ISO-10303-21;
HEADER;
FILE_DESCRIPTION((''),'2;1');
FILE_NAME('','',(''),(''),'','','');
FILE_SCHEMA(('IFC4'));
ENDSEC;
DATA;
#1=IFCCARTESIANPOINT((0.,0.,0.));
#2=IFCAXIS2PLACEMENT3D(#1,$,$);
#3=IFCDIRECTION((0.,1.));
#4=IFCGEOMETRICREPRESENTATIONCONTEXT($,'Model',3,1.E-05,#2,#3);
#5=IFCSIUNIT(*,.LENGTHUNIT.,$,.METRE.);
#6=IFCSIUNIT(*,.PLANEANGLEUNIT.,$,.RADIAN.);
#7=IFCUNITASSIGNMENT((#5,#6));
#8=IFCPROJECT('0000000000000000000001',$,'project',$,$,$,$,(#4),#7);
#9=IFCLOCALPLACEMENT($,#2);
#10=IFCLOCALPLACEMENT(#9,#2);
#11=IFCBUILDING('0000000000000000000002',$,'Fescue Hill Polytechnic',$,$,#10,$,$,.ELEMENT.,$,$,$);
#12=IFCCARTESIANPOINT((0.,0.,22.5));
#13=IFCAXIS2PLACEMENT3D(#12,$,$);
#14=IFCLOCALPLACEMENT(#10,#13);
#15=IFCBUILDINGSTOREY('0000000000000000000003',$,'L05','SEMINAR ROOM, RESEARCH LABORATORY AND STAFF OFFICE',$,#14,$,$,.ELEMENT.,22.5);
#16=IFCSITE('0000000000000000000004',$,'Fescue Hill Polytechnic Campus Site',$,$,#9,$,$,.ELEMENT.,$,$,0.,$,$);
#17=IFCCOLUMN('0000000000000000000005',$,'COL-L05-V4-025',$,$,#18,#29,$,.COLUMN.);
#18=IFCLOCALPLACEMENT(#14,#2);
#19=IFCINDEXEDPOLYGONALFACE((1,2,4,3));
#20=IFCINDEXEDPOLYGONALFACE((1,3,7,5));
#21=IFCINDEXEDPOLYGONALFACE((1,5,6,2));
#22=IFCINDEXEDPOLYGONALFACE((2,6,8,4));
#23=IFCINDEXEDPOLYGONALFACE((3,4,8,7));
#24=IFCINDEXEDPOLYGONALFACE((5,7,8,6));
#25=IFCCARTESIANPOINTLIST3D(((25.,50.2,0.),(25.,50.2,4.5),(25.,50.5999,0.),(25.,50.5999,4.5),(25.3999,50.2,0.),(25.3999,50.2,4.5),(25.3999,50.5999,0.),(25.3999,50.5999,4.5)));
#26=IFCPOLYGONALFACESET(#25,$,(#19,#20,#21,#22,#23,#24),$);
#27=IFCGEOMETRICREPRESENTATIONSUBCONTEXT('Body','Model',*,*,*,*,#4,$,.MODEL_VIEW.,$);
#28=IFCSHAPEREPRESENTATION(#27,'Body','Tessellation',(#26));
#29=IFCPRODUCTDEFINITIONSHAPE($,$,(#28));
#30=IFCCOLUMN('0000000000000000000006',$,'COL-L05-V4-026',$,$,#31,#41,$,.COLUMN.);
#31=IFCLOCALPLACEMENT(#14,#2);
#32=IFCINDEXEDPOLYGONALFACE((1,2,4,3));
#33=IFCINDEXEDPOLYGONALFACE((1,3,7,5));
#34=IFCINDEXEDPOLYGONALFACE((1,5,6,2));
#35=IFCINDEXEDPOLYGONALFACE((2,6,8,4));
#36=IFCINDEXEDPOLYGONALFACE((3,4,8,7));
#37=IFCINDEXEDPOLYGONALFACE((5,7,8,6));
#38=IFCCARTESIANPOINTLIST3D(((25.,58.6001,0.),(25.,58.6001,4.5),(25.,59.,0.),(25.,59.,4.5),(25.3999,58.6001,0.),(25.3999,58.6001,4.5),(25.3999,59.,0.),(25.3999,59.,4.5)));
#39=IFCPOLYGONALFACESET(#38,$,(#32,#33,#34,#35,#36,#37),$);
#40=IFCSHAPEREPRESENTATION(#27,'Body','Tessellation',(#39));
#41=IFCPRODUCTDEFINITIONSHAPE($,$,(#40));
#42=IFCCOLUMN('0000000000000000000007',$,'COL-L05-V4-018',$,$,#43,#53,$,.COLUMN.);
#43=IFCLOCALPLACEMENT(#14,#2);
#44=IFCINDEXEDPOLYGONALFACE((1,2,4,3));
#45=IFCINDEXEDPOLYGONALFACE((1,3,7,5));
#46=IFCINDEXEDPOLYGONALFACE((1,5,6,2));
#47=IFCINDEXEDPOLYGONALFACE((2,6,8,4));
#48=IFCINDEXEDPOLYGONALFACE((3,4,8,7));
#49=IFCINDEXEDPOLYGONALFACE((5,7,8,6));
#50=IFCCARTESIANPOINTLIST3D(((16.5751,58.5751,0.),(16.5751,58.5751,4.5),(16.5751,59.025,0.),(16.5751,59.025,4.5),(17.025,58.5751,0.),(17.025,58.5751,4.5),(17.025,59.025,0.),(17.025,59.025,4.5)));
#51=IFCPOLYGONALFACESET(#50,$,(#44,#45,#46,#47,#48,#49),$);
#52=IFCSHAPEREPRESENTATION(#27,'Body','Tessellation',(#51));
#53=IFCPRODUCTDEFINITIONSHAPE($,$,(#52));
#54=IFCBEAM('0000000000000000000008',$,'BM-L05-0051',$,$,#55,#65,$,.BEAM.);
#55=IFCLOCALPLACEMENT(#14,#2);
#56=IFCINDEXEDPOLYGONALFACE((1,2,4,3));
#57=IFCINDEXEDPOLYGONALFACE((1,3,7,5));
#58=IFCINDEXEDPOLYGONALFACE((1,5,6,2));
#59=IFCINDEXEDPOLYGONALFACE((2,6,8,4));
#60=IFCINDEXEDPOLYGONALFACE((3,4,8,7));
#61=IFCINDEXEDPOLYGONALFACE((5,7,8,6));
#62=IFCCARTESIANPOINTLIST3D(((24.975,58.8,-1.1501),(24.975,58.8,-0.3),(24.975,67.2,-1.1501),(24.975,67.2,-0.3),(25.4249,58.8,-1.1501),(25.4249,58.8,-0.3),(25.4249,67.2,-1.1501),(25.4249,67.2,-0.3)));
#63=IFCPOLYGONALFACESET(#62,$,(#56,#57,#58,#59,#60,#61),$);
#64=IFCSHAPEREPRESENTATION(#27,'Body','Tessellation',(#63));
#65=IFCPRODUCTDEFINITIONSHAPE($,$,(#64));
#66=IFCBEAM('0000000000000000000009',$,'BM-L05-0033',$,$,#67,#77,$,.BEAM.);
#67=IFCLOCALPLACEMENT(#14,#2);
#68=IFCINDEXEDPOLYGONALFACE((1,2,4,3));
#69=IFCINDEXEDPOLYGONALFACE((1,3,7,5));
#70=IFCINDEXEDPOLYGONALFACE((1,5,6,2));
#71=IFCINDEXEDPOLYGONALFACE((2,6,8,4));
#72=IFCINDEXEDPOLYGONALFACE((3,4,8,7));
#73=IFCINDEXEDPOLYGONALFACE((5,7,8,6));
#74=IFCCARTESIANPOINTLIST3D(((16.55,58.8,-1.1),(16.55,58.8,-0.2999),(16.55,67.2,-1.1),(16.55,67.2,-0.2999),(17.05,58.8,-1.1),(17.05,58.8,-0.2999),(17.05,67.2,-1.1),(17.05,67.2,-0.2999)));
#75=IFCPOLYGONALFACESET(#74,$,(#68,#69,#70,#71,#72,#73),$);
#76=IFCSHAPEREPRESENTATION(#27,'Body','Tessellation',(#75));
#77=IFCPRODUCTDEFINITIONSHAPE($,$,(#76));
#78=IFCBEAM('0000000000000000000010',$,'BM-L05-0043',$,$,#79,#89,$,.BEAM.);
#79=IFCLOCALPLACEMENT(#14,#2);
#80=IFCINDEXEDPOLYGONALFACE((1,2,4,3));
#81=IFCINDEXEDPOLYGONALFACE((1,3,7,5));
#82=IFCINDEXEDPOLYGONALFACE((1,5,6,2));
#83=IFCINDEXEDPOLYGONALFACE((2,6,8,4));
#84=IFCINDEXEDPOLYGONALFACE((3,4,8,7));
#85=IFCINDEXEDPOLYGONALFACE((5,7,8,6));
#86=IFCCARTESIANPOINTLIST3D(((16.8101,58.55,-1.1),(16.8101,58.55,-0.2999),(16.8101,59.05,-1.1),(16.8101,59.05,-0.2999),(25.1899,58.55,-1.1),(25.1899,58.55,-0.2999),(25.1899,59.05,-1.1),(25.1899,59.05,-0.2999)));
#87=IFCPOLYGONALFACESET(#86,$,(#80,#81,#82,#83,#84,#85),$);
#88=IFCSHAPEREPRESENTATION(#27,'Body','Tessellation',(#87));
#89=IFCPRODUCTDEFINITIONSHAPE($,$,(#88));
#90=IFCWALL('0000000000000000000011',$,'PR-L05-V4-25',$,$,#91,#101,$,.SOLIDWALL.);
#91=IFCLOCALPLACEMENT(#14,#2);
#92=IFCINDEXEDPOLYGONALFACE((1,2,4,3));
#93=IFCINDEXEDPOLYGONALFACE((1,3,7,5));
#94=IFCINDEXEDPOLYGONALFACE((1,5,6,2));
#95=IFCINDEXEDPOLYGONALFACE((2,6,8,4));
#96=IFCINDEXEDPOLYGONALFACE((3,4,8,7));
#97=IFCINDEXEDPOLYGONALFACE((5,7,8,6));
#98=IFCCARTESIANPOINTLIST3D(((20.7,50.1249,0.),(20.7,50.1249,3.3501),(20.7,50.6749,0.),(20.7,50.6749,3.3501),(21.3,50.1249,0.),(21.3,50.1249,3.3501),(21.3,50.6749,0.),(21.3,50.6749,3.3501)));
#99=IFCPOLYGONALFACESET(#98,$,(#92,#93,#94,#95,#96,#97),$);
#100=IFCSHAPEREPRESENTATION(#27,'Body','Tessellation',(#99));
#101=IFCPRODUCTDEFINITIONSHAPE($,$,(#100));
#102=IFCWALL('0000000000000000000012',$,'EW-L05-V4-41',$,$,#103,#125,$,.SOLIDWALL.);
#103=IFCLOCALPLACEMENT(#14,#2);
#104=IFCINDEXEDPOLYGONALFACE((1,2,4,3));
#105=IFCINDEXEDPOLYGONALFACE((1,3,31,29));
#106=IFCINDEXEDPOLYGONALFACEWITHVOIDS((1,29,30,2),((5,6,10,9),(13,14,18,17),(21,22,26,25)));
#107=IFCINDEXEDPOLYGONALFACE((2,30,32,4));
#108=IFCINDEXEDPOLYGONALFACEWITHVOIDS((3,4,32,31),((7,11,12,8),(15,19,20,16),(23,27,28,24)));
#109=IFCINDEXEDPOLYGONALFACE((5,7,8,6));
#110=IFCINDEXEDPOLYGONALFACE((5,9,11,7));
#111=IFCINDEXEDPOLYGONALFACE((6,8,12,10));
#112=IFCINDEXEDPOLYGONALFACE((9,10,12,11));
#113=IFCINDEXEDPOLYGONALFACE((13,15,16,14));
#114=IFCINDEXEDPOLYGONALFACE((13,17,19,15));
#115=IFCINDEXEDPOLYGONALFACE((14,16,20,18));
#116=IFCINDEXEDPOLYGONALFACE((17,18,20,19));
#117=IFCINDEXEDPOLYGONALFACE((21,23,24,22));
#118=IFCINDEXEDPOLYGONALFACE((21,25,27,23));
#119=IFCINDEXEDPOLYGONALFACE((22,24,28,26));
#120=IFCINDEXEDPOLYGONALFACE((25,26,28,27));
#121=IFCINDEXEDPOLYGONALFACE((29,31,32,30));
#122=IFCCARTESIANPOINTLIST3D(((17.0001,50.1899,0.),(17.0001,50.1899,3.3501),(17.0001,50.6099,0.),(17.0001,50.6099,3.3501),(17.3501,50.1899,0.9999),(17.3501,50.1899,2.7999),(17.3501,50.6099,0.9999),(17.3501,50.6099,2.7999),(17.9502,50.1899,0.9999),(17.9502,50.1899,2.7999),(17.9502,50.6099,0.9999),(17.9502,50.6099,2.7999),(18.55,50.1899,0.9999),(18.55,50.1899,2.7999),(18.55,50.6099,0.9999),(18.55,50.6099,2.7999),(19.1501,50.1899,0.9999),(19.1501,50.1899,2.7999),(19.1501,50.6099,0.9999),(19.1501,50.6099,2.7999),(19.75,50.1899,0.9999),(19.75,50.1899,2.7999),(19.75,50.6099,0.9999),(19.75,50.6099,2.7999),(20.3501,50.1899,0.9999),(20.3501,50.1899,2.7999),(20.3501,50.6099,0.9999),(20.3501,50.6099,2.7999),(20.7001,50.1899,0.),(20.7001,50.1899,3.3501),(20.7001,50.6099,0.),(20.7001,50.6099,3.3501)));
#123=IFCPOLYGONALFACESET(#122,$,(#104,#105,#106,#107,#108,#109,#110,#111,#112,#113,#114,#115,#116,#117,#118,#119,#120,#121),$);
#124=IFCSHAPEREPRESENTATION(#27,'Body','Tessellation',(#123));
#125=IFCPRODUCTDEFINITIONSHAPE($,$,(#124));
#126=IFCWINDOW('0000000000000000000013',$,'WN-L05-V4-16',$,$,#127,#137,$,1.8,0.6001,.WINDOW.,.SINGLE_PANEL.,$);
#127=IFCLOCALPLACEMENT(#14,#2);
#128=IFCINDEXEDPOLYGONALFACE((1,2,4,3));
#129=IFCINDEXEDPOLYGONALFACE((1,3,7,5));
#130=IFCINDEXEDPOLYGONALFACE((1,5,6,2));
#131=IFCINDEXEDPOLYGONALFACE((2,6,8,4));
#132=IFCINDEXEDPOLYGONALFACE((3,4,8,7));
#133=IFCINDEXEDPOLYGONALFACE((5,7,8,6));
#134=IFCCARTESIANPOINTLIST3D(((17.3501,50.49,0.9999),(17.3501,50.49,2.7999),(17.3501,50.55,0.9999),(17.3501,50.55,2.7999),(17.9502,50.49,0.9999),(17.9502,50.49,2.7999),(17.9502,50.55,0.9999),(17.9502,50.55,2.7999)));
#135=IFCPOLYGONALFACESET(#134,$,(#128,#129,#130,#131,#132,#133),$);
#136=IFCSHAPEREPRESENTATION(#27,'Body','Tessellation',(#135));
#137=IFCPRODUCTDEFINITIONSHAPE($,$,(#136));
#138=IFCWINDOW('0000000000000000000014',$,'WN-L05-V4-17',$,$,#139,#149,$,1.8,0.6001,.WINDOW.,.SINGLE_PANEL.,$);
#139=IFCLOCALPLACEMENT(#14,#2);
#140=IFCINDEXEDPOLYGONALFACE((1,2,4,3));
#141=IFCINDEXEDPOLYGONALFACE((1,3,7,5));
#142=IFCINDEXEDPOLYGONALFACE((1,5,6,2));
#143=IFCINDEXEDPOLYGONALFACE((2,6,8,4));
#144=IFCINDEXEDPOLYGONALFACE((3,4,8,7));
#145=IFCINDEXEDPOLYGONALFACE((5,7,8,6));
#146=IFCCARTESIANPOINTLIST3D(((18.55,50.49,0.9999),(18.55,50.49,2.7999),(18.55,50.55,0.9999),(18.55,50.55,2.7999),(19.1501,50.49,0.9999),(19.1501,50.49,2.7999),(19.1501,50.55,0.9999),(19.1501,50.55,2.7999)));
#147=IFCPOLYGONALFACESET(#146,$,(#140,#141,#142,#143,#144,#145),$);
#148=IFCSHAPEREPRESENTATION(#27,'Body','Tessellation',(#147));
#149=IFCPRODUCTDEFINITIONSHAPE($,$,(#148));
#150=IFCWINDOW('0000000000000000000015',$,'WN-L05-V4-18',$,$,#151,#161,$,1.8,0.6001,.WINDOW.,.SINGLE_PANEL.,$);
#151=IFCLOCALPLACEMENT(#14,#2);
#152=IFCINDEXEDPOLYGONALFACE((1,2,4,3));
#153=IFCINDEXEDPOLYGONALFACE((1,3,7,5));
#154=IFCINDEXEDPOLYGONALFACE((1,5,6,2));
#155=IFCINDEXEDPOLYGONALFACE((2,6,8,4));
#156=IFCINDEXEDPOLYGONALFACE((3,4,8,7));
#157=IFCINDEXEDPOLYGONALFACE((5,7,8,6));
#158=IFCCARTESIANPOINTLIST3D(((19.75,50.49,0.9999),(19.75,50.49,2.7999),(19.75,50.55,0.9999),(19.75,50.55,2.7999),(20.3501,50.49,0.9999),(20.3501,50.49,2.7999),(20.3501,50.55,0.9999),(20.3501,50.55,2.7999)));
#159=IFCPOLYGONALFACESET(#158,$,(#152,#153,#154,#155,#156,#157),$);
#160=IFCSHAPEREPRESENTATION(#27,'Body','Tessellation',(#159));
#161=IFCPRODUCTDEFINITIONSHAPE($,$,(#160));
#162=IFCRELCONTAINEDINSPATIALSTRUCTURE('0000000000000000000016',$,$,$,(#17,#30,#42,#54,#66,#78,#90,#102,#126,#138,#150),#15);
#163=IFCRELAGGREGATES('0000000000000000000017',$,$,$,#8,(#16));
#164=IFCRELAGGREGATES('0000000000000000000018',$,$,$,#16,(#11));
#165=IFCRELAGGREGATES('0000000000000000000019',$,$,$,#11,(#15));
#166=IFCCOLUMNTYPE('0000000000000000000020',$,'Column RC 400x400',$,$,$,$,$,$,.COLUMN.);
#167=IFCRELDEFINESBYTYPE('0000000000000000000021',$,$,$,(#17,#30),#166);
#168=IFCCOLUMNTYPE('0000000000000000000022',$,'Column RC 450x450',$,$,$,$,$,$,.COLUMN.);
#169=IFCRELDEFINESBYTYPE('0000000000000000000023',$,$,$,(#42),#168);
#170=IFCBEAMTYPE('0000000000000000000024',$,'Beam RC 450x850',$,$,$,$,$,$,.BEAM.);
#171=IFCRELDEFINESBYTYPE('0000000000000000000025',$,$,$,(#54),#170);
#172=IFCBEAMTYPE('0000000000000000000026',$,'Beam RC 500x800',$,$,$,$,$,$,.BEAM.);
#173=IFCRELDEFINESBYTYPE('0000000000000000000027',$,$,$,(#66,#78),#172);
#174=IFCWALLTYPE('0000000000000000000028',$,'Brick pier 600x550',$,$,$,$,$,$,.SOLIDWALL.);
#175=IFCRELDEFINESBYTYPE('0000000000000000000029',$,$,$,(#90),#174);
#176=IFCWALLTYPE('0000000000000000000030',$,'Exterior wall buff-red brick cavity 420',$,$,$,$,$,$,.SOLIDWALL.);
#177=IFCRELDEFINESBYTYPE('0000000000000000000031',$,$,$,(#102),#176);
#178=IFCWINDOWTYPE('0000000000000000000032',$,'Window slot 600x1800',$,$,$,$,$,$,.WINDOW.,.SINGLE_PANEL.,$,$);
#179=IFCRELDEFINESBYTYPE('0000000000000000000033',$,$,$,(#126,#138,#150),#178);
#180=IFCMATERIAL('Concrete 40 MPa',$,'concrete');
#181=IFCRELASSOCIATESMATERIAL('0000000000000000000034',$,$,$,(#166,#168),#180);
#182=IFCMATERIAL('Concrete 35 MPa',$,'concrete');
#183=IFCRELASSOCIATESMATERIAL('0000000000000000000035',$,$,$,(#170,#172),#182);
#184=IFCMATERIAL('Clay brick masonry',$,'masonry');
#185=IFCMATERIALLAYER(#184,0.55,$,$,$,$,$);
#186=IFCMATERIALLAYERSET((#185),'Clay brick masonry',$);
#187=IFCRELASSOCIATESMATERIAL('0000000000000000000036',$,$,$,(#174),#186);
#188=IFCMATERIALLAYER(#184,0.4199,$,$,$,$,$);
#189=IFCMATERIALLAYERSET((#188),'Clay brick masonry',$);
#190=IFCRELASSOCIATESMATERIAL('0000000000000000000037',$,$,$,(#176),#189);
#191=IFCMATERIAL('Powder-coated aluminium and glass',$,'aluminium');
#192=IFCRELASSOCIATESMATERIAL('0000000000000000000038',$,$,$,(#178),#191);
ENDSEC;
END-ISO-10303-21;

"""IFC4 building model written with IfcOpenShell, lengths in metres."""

from ifc_helpers import new_model, si_unit, direction, frame, frame_2d, origin, origin_2d, place, context, subcontext, project, spatial, rectangle, extrude, material, layer, layer_set, material_profile, profile_set, type_object, element, fill, save


model = new_model("IFC4")

# Units and contexts
model_context = context("Model", 3, precision=1e-05, world=origin(), true_north=direction((0.0, 1.0)))
body_context = subcontext(model_context, "Body", "Model", "MODEL_VIEW")
ifc_project = project(units=[si_unit("LENGTHUNIT", "METRE"), si_unit("PLANEANGLEUNIT", "RADIAN")], contexts=[model_context])

# Site, building, storey
site_placement = place(None, origin())
site = spatial("IfcSite", under=ifc_project, at=site_placement, Name="Fescue Hill Polytechnic Campus Site", CompositionType="ELEMENT", RefElevation=0.0)
building_placement = place(site_placement, origin())
building = spatial("IfcBuilding", under=site, at=building_placement, Name="Fescue Hill Polytechnic", CompositionType="ELEMENT")
storey_placement = place(building_placement, frame((0.0, 0.0, 22.5)))
storey = spatial("IfcBuildingStorey", under=building, at=storey_placement, Name="L05", Description="SEMINAR ROOM, RESEARCH LABORATORY AND STAFF OFFICE", CompositionType="ELEMENT", Elevation=22.5)

# Columns
ifc_material_1 = material(Name="Concrete 40 MPa", Category="concrete")
ifc_material_profile_1 = material_profile(ifc_material_1, rectangle(XDim=0.3999, YDim=0.3999, at=origin_2d()), Name="RC 400x400")
ifc_profile_set_1 = profile_set([ifc_material_profile_1], Name="Concrete 40 MPa")
column_type_1 = type_object("IfcColumnType", Name="Column RC 400x400", PredefinedType="COLUMN", material=ifc_profile_set_1)
for number, where, z_axis, x_axis, name in (
    (1, (25.2, 50.3999, 0.0), (0.0, 0.0, 1.0), (1.0, 0.0, 0.0), "COL-L05-V4-025"),
    (2, (25.2, 58.8, 0.0), (0.0, 0.0, 1.0), (1.0, 0.0, 0.0), "COL-L05-V4-026"),
):
    element("IfcColumn", number, at=place(storey_placement, frame(where, z_axis=z_axis, x_axis=x_axis)), inside=storey, type_object=column_type_1, Name=name, PredefinedType="COLUMN", context=body_context, shape_type="SweptSolid", body=[
        extrude(rectangle(XDim=0.3999, YDim=0.3999, at=origin_2d()), origin(), (0.0, 0.0, 1.0), 4.5),
    ])
ifc_material_profile_2 = material_profile(ifc_material_1, rectangle(XDim=0.45, YDim=0.45, at=origin_2d()), Name="RC 450x450")
ifc_profile_set_2 = profile_set([ifc_material_profile_2], Name="Concrete 40 MPa")
column_type_2 = type_object("IfcColumnType", Name="Column RC 450x450", PredefinedType="COLUMN", material=ifc_profile_set_2)
column_placement = place(storey_placement, frame((16.8, 58.8, 0.0), z_axis=(0.0, 0.0, 1.0), x_axis=(1.0, 0.0, 0.0)))
element("IfcColumn", 3, at=column_placement, inside=storey, type_object=column_type_2, Name="COL-L05-V4-018", PredefinedType="COLUMN", context=body_context, shape_type="SweptSolid", body=[
    extrude(rectangle(XDim=0.45, YDim=0.45, at=origin_2d()), origin(), (0.0, 0.0, 1.0), 4.5),
])

# Beams
ifc_material_2 = material(Name="Concrete 35 MPa", Category="concrete")
ifc_material_profile_3 = material_profile(ifc_material_2, rectangle(XDim=0.45, YDim=0.8501, at=origin_2d()), Name="RC 450x850")
ifc_profile_set_3 = profile_set([ifc_material_profile_3], Name="Concrete 35 MPa")
beam_type_1 = type_object("IfcBeamType", Name="Beam RC 450x850", PredefinedType="BEAM", material=ifc_profile_set_3)
beam_1_placement = place(storey_placement, frame((25.2, 58.8, -0.7251), z_axis=(0.0, 1.0, 0.0), x_axis=(-1.0, 0.0, 0.0)))
element("IfcBeam", 4, at=beam_1_placement, inside=storey, type_object=beam_type_1, Name="BM-L05-0051", PredefinedType="BEAM", context=body_context, shape_type="SweptSolid", body=[
    extrude(rectangle(XDim=0.45, YDim=0.8501, at=origin_2d()), origin(), (0.0, 0.0, 1.0), 8.3999),
])
ifc_material_profile_4 = material_profile(ifc_material_2, rectangle(XDim=0.5, YDim=0.8, at=origin_2d()), Name="RC 500x800")
ifc_profile_set_4 = profile_set([ifc_material_profile_4], Name="Concrete 35 MPa")
beam_type_2 = type_object("IfcBeamType", Name="Beam RC 500x800", PredefinedType="BEAM", material=ifc_profile_set_4)
beam_2_placement = place(storey_placement, frame((16.8, 58.8, -0.7), z_axis=(0.0, 1.0, 0.0), x_axis=(-1.0, 0.0, 0.0)))
element("IfcBeam", 5, at=beam_2_placement, inside=storey, type_object=beam_type_2, Name="BM-L05-0033", PredefinedType="BEAM", context=body_context, shape_type="SweptSolid", body=[
    extrude(rectangle(XDim=0.5, YDim=0.8, at=origin_2d()), origin(), (0.0, 0.0, 1.0), 8.3999),
])
beam_3_placement = place(storey_placement, frame((16.8101, 58.8, -0.7), z_axis=(1.0, 0.0, 0.0), x_axis=(0.0, 1.0, 0.0)))
element("IfcBeam", 6, at=beam_3_placement, inside=storey, type_object=beam_type_2, Name="BM-L05-0043", PredefinedType="BEAM", context=body_context, shape_type="SweptSolid", body=[
    extrude(rectangle(XDim=0.5, YDim=0.8, at=origin_2d()), origin(), (0.0, 0.0, 1.0), 8.3799),
])

# Wall
ifc_material_3 = material(Name="Clay brick masonry", Category="masonry")
ifc_layer_1 = layer(ifc_material_3, 0.55)
ifc_layer_set_1 = layer_set([ifc_layer_1], Name="Clay brick masonry")
wall_type_1 = type_object("IfcWallType", Name="Brick pier 600x550", PredefinedType="SOLIDWALL", material=ifc_layer_set_1)
wall_1_placement = place(storey_placement, frame((20.7, 50.3999, 0.0), z_axis=(0.0, 0.0, 1.0), x_axis=(1.0, 0.0, 0.0)))
element("IfcWall", 7, at=wall_1_placement, inside=storey, type_object=wall_type_1, Name="PR-L05-V4-25", PredefinedType="SOLIDWALL", context=body_context, shape_type="SweptSolid", body=[
    extrude(rectangle(XDim=0.6001, YDim=0.55, at=frame_2d((0.3, 0.0))), origin(), (0.0, 0.0, 1.0), 3.3501),
])

# Wall, openings, windows
ifc_layer_2 = layer(ifc_material_3, 0.4199)
ifc_layer_set_2 = layer_set([ifc_layer_2], Name="Clay brick masonry")
wall_type_2 = type_object("IfcWallType", Name="Exterior wall buff-red brick cavity 420", PredefinedType="SOLIDWALL", material=ifc_layer_set_2)
wall_2_placement = place(storey_placement, frame((17.0, 50.3999, 0.0), z_axis=(0.0, 0.0, 1.0), x_axis=(1.0, 0.0, 0.0)))
wall_2 = element("IfcWall", 8, at=wall_2_placement, inside=storey, type_object=wall_type_2, Name="EW-L05-V4-41", PredefinedType="SOLIDWALL", context=body_context, shape_type="SweptSolid", body=[
    extrude(rectangle(XDim=3.7, YDim=0.4199, at=frame_2d((1.8501, 0.0))), origin(), (0.0, 0.0, 1.0), 3.3501),
])
opening_1_placement = place(wall_2_placement, frame((0.3501, 0.0, 1.0)))
opening_1 = element("IfcOpeningElement", 9, at=opening_1_placement, cuts=wall_2, PredefinedType="OPENING", context=body_context, shape_type="SweptSolid", body=[
    extrude(rectangle(XDim=0.6001, YDim=1.8, at=frame_2d((0.3, 0.8999))), frame((0.0, 0.22, 0.0), z_axis=(0.0, -1.0, 0.0), x_axis=(1.0, 0.0, 0.0)), (0.0, 0.0, 1.0), 0.4399),
])
opening_2_placement = place(wall_2_placement, frame((1.55, 0.0, 1.0)))
opening_2 = element("IfcOpeningElement", 10, at=opening_2_placement, cuts=wall_2, PredefinedType="OPENING", context=body_context, shape_type="SweptSolid", body=[
    extrude(rectangle(XDim=0.6001, YDim=1.8, at=frame_2d((0.3, 0.8999))), frame((0.0, 0.22, 0.0), z_axis=(0.0, -1.0, 0.0), x_axis=(1.0, 0.0, 0.0)), (0.0, 0.0, 1.0), 0.4399),
])
opening_3_placement = place(wall_2_placement, frame((2.75, 0.0, 1.0)))
opening_3 = element("IfcOpeningElement", 11, at=opening_3_placement, cuts=wall_2, PredefinedType="OPENING", context=body_context, shape_type="SweptSolid", body=[
    extrude(rectangle(XDim=0.6001, YDim=1.8, at=frame_2d((0.3, 0.8999))), frame((0.0, 0.22, 0.0), z_axis=(0.0, -1.0, 0.0), x_axis=(1.0, 0.0, 0.0)), (0.0, 0.0, 1.0), 0.4399),
])
ifc_material_4 = material(Name="Powder-coated aluminium and glass", Category="aluminium")
window_type_1 = type_object("IfcWindowType", Name="Window slot 600x1800", PartitioningType="SINGLE_PANEL", PredefinedType="WINDOW", material=ifc_material_4)
window_1_placement = place(opening_1_placement, origin())
window_1 = element("IfcWindow", 12, at=window_1_placement, inside=storey, type_object=window_type_1, Name="WN-L05-V4-16", OverallHeight=1.8, OverallWidth=0.6001, PartitioningType="SINGLE_PANEL", PredefinedType="WINDOW", context=body_context, shape_type="SweptSolid", body=[
    extrude(rectangle(XDim=0.6001, YDim=1.8, at=frame_2d((0.3, 0.8999))), frame((0.0, 0.1501, 0.0), z_axis=(0.0, -1.0, 0.0), x_axis=(1.0, 0.0, 0.0)), (0.0, 0.0, 1.0), 0.0601),
])
fill(opening_1, window_1)
window_2_placement = place(opening_2_placement, origin())
window_2 = element("IfcWindow", 13, at=window_2_placement, inside=storey, type_object=window_type_1, Name="WN-L05-V4-17", OverallHeight=1.8, OverallWidth=0.6001, PartitioningType="SINGLE_PANEL", PredefinedType="WINDOW", context=body_context, shape_type="SweptSolid", body=[
    extrude(rectangle(XDim=0.6001, YDim=1.8, at=frame_2d((0.3, 0.8999))), frame((0.0, 0.1501, 0.0), z_axis=(0.0, -1.0, 0.0), x_axis=(1.0, 0.0, 0.0)), (0.0, 0.0, 1.0), 0.0601),
])
fill(opening_2, window_2)
window_3_placement = place(opening_3_placement, origin())
window_3 = element("IfcWindow", 14, at=window_3_placement, inside=storey, type_object=window_type_1, Name="WN-L05-V4-18", OverallHeight=1.8, OverallWidth=0.6001, PartitioningType="SINGLE_PANEL", PredefinedType="WINDOW", context=body_context, shape_type="SweptSolid", body=[
    extrude(rectangle(XDim=0.6001, YDim=1.8, at=frame_2d((0.3, 0.8999))), frame((0.0, 0.1501, 0.0), z_axis=(0.0, -1.0, 0.0), x_axis=(1.0, 0.0, 0.0)), (0.0, 0.0, 1.0), 0.0601),
])
fill(opening_3, window_3)

save(model, "model.ifc")
